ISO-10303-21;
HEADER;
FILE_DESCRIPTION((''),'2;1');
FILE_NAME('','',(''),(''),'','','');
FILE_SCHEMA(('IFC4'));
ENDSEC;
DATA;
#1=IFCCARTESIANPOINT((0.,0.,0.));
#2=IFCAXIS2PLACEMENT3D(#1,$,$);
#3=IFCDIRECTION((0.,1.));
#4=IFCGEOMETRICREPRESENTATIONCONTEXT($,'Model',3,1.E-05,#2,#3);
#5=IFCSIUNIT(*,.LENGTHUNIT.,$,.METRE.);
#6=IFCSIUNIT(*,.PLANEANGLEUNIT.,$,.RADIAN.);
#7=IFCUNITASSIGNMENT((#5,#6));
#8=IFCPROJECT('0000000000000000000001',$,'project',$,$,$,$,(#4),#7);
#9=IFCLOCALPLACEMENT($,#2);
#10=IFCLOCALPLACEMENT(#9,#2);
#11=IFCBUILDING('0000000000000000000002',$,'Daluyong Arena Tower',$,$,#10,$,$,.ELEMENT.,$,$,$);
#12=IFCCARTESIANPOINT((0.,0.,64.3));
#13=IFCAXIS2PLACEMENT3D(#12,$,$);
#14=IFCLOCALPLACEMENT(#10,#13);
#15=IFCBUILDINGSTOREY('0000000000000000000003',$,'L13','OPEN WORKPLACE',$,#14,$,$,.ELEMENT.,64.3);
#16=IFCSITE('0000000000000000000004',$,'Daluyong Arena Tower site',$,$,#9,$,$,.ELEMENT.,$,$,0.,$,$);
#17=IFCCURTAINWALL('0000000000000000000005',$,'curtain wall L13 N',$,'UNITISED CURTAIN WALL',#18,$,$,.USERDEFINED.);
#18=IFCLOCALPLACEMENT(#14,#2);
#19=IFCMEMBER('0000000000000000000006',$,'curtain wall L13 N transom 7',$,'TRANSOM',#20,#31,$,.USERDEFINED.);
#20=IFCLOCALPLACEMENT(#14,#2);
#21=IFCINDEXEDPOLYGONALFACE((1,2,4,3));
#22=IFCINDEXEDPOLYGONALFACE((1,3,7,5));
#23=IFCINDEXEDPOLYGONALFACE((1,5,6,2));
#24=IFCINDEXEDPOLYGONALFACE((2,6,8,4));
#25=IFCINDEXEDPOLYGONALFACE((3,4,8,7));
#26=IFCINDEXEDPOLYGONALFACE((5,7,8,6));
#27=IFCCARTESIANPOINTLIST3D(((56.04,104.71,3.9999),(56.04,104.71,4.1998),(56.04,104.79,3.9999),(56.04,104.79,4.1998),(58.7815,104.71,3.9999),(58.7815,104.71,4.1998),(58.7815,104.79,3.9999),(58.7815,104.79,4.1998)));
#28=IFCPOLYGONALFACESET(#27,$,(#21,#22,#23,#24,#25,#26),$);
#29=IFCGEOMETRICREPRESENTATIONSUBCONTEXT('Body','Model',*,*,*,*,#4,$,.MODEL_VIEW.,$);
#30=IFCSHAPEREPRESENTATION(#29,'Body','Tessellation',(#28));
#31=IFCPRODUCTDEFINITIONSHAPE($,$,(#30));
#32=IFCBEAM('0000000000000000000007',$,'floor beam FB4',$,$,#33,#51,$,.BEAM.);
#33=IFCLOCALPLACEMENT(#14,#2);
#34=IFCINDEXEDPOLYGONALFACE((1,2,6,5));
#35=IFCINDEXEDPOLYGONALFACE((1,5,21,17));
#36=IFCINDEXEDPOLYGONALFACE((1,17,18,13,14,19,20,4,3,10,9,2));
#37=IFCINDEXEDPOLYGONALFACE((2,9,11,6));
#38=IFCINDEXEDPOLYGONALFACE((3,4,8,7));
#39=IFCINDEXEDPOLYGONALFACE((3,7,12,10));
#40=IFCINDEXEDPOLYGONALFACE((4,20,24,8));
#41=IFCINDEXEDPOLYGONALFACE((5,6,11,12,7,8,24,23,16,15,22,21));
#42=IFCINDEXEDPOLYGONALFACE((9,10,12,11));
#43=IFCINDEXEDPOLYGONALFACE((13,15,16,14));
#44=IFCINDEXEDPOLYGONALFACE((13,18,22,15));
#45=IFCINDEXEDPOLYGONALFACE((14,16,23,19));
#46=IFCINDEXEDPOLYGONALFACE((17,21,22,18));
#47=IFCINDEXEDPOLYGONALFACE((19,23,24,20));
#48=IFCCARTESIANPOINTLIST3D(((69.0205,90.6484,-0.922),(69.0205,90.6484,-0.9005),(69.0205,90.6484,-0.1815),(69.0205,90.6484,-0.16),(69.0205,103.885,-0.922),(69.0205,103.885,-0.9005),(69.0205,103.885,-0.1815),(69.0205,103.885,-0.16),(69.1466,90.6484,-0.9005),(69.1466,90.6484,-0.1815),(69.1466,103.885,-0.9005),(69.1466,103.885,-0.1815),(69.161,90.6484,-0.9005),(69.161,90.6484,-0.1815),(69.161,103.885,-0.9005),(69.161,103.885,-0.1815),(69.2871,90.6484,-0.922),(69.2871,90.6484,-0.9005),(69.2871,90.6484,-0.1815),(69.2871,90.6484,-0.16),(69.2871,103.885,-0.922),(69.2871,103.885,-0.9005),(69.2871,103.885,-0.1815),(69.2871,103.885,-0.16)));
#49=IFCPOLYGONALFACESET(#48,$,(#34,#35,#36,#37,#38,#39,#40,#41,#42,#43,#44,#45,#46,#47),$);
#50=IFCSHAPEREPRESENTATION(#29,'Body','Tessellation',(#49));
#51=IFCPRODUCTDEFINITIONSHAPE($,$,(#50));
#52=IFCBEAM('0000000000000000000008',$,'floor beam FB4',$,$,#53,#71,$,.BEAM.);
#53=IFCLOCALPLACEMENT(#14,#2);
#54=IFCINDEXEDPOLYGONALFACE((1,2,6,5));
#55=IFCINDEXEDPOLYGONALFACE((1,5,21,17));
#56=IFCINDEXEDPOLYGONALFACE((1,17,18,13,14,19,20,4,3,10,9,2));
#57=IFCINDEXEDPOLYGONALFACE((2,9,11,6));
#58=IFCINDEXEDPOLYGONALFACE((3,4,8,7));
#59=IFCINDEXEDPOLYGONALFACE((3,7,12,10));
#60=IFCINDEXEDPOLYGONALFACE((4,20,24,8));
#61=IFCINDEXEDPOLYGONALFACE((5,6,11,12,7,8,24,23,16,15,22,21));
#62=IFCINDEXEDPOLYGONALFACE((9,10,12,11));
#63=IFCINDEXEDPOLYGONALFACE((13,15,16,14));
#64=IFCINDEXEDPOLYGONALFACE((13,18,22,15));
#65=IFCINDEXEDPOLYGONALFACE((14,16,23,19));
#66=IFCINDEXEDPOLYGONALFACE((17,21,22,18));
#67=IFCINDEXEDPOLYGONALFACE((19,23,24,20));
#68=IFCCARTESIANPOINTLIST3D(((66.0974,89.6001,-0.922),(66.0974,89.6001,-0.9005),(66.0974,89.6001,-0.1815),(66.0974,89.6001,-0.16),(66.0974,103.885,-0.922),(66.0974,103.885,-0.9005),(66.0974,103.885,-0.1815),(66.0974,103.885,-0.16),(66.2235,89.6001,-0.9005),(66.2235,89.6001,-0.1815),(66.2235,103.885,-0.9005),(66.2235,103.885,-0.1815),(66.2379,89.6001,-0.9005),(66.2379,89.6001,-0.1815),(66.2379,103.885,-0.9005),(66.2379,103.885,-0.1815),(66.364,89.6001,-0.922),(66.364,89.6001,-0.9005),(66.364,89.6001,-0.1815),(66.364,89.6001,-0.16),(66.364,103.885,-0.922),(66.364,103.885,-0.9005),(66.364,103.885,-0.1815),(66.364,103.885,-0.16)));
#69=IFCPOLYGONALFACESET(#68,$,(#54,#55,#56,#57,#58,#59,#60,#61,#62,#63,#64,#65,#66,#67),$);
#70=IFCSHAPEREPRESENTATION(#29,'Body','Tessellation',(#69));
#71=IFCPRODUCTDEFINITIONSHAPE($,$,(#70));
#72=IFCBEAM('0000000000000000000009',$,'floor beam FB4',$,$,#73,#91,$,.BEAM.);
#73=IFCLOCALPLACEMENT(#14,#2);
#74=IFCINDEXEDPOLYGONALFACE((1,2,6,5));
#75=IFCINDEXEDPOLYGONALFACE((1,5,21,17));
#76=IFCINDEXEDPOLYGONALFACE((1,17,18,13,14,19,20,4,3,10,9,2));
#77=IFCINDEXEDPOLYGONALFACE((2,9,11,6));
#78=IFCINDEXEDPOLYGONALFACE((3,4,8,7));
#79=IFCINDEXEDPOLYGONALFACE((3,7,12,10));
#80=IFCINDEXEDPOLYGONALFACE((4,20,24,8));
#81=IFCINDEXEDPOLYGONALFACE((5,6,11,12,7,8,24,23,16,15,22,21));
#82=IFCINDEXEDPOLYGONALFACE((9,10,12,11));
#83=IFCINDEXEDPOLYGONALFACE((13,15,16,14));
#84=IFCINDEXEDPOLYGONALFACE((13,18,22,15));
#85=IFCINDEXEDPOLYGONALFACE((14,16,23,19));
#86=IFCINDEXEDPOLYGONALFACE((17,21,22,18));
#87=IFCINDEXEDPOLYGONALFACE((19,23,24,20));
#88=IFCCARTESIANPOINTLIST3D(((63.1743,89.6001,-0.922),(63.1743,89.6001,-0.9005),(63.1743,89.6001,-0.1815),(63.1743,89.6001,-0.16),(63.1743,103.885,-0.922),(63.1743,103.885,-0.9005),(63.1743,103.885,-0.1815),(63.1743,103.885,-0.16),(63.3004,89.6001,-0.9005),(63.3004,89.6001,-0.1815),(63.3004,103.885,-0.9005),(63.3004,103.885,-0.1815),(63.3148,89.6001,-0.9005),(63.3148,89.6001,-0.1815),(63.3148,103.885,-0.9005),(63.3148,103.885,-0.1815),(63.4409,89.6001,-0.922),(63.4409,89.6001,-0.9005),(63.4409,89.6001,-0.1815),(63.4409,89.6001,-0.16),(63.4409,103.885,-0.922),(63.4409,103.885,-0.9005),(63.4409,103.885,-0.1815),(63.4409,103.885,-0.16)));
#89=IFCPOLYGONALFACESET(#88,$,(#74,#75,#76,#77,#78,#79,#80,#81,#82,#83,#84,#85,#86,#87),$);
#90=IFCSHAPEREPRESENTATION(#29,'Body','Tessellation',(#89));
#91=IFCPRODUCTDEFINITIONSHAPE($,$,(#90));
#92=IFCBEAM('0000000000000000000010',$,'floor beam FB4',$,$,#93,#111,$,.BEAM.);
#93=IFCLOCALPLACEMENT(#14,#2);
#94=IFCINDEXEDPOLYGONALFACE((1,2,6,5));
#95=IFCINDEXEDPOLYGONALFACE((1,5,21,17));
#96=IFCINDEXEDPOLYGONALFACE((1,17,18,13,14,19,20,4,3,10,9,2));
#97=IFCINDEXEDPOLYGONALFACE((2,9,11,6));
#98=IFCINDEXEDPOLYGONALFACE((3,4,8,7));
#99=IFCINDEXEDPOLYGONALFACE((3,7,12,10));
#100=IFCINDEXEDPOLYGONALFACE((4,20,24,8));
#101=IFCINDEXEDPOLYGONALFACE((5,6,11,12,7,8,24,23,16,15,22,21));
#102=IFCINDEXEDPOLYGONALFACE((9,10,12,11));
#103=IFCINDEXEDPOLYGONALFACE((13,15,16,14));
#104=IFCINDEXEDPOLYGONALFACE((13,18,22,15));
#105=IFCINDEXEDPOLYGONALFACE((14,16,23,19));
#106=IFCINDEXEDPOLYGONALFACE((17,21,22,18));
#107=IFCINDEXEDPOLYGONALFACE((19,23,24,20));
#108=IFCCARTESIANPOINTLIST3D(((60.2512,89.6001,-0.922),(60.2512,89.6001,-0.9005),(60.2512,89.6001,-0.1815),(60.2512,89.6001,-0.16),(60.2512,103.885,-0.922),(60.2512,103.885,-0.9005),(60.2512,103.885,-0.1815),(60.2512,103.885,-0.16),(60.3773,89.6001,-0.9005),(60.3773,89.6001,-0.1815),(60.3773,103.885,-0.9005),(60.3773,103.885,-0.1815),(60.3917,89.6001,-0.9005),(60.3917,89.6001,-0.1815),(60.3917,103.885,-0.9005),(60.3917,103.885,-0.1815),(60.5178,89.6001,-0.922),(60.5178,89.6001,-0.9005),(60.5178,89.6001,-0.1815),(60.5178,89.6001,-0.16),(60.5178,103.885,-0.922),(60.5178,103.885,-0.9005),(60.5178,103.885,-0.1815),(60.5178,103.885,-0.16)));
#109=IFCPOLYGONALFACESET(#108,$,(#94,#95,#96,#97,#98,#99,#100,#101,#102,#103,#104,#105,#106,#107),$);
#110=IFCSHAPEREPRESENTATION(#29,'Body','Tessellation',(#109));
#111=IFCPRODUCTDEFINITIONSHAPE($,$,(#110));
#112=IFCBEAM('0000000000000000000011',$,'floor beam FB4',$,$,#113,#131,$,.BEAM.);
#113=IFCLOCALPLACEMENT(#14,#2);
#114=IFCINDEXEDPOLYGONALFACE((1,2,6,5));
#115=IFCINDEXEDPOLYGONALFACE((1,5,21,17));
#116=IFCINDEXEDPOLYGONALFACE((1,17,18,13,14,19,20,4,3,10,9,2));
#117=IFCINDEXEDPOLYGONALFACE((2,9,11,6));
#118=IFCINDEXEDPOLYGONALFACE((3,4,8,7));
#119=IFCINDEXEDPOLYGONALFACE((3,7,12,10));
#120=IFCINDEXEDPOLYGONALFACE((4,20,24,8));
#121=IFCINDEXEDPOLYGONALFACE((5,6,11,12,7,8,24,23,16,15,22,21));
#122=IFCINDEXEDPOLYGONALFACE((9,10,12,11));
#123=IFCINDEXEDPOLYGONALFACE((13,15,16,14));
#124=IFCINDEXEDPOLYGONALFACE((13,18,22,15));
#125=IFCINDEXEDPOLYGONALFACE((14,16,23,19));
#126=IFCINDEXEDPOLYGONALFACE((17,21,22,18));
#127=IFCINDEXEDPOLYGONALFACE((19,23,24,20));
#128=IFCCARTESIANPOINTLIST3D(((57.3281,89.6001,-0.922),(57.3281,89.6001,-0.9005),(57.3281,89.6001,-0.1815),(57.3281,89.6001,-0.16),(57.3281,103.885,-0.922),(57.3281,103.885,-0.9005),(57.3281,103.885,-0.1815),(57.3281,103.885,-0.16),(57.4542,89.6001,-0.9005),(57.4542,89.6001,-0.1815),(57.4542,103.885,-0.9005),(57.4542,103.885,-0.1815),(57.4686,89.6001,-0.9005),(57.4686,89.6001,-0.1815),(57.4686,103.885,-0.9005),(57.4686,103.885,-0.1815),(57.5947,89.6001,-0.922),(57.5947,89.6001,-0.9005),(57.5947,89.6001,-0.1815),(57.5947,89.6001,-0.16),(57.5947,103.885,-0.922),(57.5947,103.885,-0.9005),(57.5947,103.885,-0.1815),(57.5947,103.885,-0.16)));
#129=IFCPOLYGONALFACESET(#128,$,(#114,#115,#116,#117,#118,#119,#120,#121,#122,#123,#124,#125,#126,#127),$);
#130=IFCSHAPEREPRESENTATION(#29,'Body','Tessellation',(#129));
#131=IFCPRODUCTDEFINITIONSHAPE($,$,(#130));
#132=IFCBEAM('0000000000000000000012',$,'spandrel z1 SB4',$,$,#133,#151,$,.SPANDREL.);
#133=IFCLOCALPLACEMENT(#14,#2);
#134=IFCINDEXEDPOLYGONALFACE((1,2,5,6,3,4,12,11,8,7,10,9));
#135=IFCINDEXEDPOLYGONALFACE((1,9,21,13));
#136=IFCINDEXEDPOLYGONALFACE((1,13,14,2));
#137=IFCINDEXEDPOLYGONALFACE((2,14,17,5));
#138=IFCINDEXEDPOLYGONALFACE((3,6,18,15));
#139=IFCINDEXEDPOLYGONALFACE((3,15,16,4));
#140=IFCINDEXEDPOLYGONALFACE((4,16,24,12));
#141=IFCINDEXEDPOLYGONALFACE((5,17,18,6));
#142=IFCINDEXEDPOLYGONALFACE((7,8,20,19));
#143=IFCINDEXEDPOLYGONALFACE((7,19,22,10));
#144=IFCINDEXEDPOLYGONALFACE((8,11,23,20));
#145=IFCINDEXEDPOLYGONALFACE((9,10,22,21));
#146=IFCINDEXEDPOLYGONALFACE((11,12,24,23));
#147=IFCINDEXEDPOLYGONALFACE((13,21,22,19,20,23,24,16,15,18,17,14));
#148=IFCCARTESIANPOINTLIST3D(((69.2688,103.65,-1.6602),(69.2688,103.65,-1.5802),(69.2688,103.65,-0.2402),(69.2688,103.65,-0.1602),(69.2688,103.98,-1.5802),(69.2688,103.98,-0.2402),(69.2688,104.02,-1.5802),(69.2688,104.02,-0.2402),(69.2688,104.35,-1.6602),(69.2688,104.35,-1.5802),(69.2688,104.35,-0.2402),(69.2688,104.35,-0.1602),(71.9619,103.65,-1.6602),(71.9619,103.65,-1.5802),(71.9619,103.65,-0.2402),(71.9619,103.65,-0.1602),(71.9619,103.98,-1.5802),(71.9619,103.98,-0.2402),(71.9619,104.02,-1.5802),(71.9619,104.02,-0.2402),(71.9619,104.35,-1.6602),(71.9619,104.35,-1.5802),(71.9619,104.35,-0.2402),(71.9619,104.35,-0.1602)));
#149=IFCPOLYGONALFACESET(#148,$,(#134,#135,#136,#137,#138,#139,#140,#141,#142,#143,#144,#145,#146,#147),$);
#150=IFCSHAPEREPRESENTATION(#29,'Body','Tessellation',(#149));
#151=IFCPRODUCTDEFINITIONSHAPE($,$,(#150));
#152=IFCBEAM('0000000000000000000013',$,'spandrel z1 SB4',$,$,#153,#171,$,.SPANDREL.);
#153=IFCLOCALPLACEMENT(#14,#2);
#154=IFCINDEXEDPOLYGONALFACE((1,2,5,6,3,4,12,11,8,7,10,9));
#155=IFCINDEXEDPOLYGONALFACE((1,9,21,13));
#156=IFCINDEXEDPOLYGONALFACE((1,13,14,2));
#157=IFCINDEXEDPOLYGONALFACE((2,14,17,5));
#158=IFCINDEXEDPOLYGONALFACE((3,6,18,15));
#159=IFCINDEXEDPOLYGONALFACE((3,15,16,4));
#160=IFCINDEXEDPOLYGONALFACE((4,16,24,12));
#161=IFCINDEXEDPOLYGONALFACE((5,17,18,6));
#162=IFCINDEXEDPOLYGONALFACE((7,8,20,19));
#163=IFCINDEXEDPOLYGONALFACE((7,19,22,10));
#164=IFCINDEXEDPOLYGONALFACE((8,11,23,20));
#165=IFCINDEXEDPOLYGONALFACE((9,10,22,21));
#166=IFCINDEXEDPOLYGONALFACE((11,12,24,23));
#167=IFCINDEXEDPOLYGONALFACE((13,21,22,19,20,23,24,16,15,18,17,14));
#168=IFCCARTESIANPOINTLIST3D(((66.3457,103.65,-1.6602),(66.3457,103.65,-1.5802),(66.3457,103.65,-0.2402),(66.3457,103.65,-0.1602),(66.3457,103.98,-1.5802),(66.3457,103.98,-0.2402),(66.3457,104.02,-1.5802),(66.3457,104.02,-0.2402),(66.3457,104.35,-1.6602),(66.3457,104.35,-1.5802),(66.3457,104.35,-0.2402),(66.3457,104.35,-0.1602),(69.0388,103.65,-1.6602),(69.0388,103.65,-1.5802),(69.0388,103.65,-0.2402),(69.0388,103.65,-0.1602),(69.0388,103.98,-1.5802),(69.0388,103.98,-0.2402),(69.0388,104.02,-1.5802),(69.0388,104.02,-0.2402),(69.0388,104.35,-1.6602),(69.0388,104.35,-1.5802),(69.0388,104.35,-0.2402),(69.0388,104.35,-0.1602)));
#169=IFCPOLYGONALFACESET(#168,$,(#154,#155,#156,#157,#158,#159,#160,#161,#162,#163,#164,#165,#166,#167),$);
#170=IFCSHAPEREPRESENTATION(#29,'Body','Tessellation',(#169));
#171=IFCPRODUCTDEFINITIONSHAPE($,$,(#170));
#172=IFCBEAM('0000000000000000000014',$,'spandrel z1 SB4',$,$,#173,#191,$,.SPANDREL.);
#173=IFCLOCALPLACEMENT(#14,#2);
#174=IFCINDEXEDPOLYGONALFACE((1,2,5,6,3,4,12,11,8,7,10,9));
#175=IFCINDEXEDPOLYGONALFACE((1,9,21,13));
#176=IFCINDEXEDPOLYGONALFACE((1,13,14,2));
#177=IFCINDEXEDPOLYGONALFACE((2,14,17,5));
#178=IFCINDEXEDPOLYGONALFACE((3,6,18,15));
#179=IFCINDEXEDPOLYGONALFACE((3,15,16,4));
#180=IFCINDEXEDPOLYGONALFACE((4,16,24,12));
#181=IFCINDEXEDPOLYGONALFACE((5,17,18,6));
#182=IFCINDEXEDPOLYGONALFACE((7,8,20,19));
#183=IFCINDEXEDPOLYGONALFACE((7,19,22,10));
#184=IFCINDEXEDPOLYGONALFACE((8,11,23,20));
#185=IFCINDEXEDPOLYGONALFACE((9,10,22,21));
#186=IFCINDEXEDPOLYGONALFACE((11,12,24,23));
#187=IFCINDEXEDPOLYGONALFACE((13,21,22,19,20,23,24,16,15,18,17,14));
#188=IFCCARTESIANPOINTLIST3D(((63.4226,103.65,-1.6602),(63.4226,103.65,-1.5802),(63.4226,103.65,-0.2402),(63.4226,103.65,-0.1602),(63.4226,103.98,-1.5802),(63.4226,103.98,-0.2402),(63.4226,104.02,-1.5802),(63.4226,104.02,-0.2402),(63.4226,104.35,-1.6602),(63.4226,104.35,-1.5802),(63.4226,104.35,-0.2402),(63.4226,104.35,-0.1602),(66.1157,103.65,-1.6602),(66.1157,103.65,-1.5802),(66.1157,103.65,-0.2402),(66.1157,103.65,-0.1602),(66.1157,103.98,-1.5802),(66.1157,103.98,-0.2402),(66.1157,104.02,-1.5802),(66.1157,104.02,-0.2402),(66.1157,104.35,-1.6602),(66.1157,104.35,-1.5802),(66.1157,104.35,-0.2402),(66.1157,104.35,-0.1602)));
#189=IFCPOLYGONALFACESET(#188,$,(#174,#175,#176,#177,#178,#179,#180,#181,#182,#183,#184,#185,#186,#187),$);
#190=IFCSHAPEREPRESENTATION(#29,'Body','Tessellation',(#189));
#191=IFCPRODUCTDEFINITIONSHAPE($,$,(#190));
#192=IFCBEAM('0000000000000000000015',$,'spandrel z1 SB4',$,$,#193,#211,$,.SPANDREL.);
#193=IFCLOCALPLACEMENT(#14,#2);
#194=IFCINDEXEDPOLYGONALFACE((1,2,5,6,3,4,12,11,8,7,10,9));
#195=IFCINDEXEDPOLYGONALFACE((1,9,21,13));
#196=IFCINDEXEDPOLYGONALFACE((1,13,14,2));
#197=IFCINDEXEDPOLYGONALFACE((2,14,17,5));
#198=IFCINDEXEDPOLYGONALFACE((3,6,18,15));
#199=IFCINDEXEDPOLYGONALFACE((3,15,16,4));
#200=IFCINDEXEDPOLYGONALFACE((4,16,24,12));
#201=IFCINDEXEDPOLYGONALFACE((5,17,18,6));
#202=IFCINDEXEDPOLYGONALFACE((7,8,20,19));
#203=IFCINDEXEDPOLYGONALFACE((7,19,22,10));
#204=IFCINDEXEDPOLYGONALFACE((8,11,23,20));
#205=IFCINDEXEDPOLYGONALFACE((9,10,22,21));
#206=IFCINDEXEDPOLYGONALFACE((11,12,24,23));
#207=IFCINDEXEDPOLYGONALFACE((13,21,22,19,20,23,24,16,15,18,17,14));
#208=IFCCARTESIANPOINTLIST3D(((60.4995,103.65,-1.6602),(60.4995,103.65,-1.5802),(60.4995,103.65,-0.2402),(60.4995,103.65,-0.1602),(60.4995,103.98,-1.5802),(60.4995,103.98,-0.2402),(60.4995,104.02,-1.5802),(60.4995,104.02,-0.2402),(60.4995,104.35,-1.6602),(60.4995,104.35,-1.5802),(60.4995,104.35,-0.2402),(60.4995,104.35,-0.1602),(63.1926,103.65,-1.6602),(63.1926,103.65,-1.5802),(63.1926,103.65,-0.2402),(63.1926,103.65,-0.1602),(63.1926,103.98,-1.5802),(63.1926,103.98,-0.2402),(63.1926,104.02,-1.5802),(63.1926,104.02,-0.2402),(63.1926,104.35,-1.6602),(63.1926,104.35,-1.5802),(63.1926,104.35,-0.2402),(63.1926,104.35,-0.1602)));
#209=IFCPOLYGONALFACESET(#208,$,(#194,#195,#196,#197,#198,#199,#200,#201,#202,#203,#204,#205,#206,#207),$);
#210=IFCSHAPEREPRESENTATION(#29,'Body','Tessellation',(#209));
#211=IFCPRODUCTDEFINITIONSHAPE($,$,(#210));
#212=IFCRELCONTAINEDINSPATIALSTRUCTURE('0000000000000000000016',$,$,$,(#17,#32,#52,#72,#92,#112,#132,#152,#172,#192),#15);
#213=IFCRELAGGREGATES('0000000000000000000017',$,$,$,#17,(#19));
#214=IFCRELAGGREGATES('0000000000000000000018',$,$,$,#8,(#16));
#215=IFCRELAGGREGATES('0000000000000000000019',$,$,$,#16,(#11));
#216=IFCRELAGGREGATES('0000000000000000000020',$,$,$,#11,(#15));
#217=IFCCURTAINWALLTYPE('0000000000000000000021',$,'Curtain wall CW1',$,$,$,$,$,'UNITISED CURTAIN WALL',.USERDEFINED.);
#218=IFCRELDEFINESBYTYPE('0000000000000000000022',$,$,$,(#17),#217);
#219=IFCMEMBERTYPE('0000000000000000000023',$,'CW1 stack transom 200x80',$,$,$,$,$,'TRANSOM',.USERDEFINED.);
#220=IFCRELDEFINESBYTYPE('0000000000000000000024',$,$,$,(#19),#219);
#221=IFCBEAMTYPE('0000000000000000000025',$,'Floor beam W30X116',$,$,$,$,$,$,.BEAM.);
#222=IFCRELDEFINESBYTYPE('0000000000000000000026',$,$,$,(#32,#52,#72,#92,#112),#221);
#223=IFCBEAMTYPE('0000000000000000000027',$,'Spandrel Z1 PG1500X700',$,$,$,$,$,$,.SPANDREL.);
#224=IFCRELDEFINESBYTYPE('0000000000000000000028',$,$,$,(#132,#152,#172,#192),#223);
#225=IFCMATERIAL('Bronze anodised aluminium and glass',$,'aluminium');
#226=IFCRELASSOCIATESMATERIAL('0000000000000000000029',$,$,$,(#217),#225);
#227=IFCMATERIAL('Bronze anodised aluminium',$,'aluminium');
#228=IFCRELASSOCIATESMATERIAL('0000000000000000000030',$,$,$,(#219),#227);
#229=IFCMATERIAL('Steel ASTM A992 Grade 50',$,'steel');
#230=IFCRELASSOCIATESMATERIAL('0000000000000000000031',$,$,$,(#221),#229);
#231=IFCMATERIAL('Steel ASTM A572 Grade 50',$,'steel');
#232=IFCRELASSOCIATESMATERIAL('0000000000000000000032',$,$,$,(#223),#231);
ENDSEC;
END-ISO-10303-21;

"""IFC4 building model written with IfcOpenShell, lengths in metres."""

from ifc_helpers import new_model, si_unit, direction, frame, origin, origin_2d, place, context, subcontext, project, spatial, rectangle, i_section, extrude, material, material_profile, profile_set, type_object, element, aggregate, save


model = new_model("IFC4")

# Units and contexts
model_context = context("Model", 3, precision=1e-05, world=origin(), true_north=direction((0.0, 1.0)))
body_context = subcontext(model_context, "Body", "Model", "MODEL_VIEW")
ifc_project = project(units=[si_unit("LENGTHUNIT", "METRE"), si_unit("PLANEANGLEUNIT", "RADIAN")], contexts=[model_context])

# Site, building, storey
site_placement = place(None, origin())
site = spatial("IfcSite", under=ifc_project, at=site_placement, Name="Daluyong Arena Tower site", CompositionType="ELEMENT", RefElevation=0.0)
building_placement = place(site_placement, origin())
building = spatial("IfcBuilding", under=site, at=building_placement, Name="Daluyong Arena Tower", CompositionType="ELEMENT")
storey_placement = place(building_placement, frame((0.0, 0.0, 64.3)))
storey = spatial("IfcBuildingStorey", under=building, at=storey_placement, Name="L13", Description="OPEN WORKPLACE", CompositionType="ELEMENT", Elevation=64.3)

# Curtain wall, member
ifc_material_1 = material(Name="Bronze anodised aluminium and glass", Category="aluminium")
curtain_wall_type = type_object("IfcCurtainWallType", Name="Curtain wall CW1", ElementType="UNITISED CURTAIN WALL", PredefinedType="USERDEFINED", material=ifc_material_1)
curtain_wall_placement = place(storey_placement, origin())
curtain_wall = element("IfcCurtainWall", 1, at=curtain_wall_placement, inside=storey, type_object=curtain_wall_type, Name="curtain wall L13 N", ObjectType="UNITISED CURTAIN WALL", PredefinedType="USERDEFINED")
ifc_material_2 = material(Name="Bronze anodised aluminium", Category="aluminium")
ifc_material_profile_1 = material_profile(ifc_material_2, rectangle(XDim=0.0801, YDim=0.2, at=origin_2d()))
ifc_profile_set_1 = profile_set([ifc_material_profile_1], Name="Bronze anodised aluminium")
member_type_1 = type_object("IfcMemberType", Name="CW1 stack transom 200x80", ElementType="TRANSOM", PredefinedType="USERDEFINED", material=ifc_profile_set_1)
member_1_placement = place(storey_placement, frame((58.7815, 104.75, 4.0999), z_axis=(-1.0, 0.0, 0.0), x_axis=(0.0, -1.0, 0.0)))
member_1 = element("IfcMember", 2, at=member_1_placement, type_object=member_type_1, Name="curtain wall L13 N transom 7", ObjectType="TRANSOM", PredefinedType="USERDEFINED", context=body_context, shape_type="SweptSolid", body=[
    extrude(rectangle(XDim=0.0801, YDim=0.2, at=origin_2d()), origin(), (0.0, 0.0, 1.0), 2.7415),
])

# Beams
ifc_material_3 = material(Name="Steel ASTM A992 Grade 50", Category="steel")
ifc_material_profile_2 = material_profile(ifc_material_3, i_section(OverallWidth=0.2666, OverallDepth=0.762, WebThickness=0.0144, FlangeThickness=0.0215, at=origin_2d()))
ifc_profile_set_2 = profile_set([ifc_material_profile_2], Name="Steel ASTM A992 Grade 50")
beam_type_1 = type_object("IfcBeamType", Name="Floor beam W30X116", PredefinedType="BEAM", material=ifc_profile_set_2)
beam_placement = place(storey_placement, frame((69.1538, 103.885, -0.541), z_axis=(0.0, -1.0, 0.0), x_axis=(1.0, 0.0, 0.0)))
element("IfcBeam", 3, at=beam_placement, inside=storey, type_object=beam_type_1, Name="floor beam FB4", PredefinedType="BEAM", context=body_context, shape_type="SweptSolid", body=[
    extrude(i_section(OverallWidth=0.2666, OverallDepth=0.762, WebThickness=0.0144, FlangeThickness=0.0215, at=origin_2d()), origin(), (0.0, 0.0, 1.0), 13.2366),
])
for number, where, z_axis, x_axis, name in (
    (4, (66.2307, 103.885, -0.541), (0.0, -1.0, 0.0), (1.0, 0.0, 0.0), "floor beam FB4"),
    (5, (63.3076, 103.885, -0.541), (0.0, -1.0, 0.0), (1.0, 0.0, 0.0), "floor beam FB4"),
    (6, (60.3845, 103.885, -0.541), (0.0, -1.0, 0.0), (1.0, 0.0, 0.0), "floor beam FB4"),
    (7, (57.4614, 103.885, -0.541), (0.0, -1.0, 0.0), (1.0, 0.0, 0.0), "floor beam FB4"),
):
    element("IfcBeam", number, at=place(storey_placement, frame(where, z_axis=z_axis, x_axis=x_axis)), inside=storey, type_object=beam_type_1, Name=name, PredefinedType="BEAM", context=body_context, shape_type="SweptSolid", body=[
        extrude(i_section(OverallWidth=0.2666, OverallDepth=0.762, WebThickness=0.0144, FlangeThickness=0.0215, at=origin_2d()), origin(), (0.0, 0.0, 1.0), 14.2849),
    ])
ifc_material_4 = material(Name="Steel ASTM A572 Grade 50", Category="steel")
ifc_material_profile_3 = material_profile(ifc_material_4, i_section(OverallWidth=0.7, OverallDepth=1.5, WebThickness=0.04, FlangeThickness=0.08, at=origin_2d()))
ifc_profile_set_3 = profile_set([ifc_material_profile_3], Name="Steel ASTM A572 Grade 50")
beam_type_2 = type_object("IfcBeamType", Name="Spandrel Z1 PG1500X700", PredefinedType="SPANDREL", material=ifc_profile_set_3)
for number, where, z_axis, x_axis, name in (
    (8, (71.9619, 104.0, -0.9102), (-1.0, 0.0, 0.0), (0.0, -1.0, 0.0), "spandrel z1 SB4"),
    (9, (69.0388, 104.0, -0.9102), (-1.0, 0.0, 0.0), (0.0, -1.0, 0.0), "spandrel z1 SB4"),
    (10, (66.1157, 104.0, -0.9102), (-1.0, 0.0, 0.0), (0.0, -1.0, 0.0), "spandrel z1 SB4"),
    (11, (63.1926, 104.0, -0.9102), (-1.0, 0.0, 0.0), (0.0, -1.0, 0.0), "spandrel z1 SB4"),
):
    element("IfcBeam", number, at=place(storey_placement, frame(where, z_axis=z_axis, x_axis=x_axis)), inside=storey, type_object=beam_type_2, Name=name, PredefinedType="SPANDREL", context=body_context, shape_type="SweptSolid", body=[
        extrude(i_section(OverallWidth=0.7, OverallDepth=1.5, WebThickness=0.04, FlangeThickness=0.08, at=origin_2d()), origin(), (0.0, 0.0, 1.0), 2.6931),
    ])

aggregate(curtain_wall, [member_1])

save(model, "model.ifc")
